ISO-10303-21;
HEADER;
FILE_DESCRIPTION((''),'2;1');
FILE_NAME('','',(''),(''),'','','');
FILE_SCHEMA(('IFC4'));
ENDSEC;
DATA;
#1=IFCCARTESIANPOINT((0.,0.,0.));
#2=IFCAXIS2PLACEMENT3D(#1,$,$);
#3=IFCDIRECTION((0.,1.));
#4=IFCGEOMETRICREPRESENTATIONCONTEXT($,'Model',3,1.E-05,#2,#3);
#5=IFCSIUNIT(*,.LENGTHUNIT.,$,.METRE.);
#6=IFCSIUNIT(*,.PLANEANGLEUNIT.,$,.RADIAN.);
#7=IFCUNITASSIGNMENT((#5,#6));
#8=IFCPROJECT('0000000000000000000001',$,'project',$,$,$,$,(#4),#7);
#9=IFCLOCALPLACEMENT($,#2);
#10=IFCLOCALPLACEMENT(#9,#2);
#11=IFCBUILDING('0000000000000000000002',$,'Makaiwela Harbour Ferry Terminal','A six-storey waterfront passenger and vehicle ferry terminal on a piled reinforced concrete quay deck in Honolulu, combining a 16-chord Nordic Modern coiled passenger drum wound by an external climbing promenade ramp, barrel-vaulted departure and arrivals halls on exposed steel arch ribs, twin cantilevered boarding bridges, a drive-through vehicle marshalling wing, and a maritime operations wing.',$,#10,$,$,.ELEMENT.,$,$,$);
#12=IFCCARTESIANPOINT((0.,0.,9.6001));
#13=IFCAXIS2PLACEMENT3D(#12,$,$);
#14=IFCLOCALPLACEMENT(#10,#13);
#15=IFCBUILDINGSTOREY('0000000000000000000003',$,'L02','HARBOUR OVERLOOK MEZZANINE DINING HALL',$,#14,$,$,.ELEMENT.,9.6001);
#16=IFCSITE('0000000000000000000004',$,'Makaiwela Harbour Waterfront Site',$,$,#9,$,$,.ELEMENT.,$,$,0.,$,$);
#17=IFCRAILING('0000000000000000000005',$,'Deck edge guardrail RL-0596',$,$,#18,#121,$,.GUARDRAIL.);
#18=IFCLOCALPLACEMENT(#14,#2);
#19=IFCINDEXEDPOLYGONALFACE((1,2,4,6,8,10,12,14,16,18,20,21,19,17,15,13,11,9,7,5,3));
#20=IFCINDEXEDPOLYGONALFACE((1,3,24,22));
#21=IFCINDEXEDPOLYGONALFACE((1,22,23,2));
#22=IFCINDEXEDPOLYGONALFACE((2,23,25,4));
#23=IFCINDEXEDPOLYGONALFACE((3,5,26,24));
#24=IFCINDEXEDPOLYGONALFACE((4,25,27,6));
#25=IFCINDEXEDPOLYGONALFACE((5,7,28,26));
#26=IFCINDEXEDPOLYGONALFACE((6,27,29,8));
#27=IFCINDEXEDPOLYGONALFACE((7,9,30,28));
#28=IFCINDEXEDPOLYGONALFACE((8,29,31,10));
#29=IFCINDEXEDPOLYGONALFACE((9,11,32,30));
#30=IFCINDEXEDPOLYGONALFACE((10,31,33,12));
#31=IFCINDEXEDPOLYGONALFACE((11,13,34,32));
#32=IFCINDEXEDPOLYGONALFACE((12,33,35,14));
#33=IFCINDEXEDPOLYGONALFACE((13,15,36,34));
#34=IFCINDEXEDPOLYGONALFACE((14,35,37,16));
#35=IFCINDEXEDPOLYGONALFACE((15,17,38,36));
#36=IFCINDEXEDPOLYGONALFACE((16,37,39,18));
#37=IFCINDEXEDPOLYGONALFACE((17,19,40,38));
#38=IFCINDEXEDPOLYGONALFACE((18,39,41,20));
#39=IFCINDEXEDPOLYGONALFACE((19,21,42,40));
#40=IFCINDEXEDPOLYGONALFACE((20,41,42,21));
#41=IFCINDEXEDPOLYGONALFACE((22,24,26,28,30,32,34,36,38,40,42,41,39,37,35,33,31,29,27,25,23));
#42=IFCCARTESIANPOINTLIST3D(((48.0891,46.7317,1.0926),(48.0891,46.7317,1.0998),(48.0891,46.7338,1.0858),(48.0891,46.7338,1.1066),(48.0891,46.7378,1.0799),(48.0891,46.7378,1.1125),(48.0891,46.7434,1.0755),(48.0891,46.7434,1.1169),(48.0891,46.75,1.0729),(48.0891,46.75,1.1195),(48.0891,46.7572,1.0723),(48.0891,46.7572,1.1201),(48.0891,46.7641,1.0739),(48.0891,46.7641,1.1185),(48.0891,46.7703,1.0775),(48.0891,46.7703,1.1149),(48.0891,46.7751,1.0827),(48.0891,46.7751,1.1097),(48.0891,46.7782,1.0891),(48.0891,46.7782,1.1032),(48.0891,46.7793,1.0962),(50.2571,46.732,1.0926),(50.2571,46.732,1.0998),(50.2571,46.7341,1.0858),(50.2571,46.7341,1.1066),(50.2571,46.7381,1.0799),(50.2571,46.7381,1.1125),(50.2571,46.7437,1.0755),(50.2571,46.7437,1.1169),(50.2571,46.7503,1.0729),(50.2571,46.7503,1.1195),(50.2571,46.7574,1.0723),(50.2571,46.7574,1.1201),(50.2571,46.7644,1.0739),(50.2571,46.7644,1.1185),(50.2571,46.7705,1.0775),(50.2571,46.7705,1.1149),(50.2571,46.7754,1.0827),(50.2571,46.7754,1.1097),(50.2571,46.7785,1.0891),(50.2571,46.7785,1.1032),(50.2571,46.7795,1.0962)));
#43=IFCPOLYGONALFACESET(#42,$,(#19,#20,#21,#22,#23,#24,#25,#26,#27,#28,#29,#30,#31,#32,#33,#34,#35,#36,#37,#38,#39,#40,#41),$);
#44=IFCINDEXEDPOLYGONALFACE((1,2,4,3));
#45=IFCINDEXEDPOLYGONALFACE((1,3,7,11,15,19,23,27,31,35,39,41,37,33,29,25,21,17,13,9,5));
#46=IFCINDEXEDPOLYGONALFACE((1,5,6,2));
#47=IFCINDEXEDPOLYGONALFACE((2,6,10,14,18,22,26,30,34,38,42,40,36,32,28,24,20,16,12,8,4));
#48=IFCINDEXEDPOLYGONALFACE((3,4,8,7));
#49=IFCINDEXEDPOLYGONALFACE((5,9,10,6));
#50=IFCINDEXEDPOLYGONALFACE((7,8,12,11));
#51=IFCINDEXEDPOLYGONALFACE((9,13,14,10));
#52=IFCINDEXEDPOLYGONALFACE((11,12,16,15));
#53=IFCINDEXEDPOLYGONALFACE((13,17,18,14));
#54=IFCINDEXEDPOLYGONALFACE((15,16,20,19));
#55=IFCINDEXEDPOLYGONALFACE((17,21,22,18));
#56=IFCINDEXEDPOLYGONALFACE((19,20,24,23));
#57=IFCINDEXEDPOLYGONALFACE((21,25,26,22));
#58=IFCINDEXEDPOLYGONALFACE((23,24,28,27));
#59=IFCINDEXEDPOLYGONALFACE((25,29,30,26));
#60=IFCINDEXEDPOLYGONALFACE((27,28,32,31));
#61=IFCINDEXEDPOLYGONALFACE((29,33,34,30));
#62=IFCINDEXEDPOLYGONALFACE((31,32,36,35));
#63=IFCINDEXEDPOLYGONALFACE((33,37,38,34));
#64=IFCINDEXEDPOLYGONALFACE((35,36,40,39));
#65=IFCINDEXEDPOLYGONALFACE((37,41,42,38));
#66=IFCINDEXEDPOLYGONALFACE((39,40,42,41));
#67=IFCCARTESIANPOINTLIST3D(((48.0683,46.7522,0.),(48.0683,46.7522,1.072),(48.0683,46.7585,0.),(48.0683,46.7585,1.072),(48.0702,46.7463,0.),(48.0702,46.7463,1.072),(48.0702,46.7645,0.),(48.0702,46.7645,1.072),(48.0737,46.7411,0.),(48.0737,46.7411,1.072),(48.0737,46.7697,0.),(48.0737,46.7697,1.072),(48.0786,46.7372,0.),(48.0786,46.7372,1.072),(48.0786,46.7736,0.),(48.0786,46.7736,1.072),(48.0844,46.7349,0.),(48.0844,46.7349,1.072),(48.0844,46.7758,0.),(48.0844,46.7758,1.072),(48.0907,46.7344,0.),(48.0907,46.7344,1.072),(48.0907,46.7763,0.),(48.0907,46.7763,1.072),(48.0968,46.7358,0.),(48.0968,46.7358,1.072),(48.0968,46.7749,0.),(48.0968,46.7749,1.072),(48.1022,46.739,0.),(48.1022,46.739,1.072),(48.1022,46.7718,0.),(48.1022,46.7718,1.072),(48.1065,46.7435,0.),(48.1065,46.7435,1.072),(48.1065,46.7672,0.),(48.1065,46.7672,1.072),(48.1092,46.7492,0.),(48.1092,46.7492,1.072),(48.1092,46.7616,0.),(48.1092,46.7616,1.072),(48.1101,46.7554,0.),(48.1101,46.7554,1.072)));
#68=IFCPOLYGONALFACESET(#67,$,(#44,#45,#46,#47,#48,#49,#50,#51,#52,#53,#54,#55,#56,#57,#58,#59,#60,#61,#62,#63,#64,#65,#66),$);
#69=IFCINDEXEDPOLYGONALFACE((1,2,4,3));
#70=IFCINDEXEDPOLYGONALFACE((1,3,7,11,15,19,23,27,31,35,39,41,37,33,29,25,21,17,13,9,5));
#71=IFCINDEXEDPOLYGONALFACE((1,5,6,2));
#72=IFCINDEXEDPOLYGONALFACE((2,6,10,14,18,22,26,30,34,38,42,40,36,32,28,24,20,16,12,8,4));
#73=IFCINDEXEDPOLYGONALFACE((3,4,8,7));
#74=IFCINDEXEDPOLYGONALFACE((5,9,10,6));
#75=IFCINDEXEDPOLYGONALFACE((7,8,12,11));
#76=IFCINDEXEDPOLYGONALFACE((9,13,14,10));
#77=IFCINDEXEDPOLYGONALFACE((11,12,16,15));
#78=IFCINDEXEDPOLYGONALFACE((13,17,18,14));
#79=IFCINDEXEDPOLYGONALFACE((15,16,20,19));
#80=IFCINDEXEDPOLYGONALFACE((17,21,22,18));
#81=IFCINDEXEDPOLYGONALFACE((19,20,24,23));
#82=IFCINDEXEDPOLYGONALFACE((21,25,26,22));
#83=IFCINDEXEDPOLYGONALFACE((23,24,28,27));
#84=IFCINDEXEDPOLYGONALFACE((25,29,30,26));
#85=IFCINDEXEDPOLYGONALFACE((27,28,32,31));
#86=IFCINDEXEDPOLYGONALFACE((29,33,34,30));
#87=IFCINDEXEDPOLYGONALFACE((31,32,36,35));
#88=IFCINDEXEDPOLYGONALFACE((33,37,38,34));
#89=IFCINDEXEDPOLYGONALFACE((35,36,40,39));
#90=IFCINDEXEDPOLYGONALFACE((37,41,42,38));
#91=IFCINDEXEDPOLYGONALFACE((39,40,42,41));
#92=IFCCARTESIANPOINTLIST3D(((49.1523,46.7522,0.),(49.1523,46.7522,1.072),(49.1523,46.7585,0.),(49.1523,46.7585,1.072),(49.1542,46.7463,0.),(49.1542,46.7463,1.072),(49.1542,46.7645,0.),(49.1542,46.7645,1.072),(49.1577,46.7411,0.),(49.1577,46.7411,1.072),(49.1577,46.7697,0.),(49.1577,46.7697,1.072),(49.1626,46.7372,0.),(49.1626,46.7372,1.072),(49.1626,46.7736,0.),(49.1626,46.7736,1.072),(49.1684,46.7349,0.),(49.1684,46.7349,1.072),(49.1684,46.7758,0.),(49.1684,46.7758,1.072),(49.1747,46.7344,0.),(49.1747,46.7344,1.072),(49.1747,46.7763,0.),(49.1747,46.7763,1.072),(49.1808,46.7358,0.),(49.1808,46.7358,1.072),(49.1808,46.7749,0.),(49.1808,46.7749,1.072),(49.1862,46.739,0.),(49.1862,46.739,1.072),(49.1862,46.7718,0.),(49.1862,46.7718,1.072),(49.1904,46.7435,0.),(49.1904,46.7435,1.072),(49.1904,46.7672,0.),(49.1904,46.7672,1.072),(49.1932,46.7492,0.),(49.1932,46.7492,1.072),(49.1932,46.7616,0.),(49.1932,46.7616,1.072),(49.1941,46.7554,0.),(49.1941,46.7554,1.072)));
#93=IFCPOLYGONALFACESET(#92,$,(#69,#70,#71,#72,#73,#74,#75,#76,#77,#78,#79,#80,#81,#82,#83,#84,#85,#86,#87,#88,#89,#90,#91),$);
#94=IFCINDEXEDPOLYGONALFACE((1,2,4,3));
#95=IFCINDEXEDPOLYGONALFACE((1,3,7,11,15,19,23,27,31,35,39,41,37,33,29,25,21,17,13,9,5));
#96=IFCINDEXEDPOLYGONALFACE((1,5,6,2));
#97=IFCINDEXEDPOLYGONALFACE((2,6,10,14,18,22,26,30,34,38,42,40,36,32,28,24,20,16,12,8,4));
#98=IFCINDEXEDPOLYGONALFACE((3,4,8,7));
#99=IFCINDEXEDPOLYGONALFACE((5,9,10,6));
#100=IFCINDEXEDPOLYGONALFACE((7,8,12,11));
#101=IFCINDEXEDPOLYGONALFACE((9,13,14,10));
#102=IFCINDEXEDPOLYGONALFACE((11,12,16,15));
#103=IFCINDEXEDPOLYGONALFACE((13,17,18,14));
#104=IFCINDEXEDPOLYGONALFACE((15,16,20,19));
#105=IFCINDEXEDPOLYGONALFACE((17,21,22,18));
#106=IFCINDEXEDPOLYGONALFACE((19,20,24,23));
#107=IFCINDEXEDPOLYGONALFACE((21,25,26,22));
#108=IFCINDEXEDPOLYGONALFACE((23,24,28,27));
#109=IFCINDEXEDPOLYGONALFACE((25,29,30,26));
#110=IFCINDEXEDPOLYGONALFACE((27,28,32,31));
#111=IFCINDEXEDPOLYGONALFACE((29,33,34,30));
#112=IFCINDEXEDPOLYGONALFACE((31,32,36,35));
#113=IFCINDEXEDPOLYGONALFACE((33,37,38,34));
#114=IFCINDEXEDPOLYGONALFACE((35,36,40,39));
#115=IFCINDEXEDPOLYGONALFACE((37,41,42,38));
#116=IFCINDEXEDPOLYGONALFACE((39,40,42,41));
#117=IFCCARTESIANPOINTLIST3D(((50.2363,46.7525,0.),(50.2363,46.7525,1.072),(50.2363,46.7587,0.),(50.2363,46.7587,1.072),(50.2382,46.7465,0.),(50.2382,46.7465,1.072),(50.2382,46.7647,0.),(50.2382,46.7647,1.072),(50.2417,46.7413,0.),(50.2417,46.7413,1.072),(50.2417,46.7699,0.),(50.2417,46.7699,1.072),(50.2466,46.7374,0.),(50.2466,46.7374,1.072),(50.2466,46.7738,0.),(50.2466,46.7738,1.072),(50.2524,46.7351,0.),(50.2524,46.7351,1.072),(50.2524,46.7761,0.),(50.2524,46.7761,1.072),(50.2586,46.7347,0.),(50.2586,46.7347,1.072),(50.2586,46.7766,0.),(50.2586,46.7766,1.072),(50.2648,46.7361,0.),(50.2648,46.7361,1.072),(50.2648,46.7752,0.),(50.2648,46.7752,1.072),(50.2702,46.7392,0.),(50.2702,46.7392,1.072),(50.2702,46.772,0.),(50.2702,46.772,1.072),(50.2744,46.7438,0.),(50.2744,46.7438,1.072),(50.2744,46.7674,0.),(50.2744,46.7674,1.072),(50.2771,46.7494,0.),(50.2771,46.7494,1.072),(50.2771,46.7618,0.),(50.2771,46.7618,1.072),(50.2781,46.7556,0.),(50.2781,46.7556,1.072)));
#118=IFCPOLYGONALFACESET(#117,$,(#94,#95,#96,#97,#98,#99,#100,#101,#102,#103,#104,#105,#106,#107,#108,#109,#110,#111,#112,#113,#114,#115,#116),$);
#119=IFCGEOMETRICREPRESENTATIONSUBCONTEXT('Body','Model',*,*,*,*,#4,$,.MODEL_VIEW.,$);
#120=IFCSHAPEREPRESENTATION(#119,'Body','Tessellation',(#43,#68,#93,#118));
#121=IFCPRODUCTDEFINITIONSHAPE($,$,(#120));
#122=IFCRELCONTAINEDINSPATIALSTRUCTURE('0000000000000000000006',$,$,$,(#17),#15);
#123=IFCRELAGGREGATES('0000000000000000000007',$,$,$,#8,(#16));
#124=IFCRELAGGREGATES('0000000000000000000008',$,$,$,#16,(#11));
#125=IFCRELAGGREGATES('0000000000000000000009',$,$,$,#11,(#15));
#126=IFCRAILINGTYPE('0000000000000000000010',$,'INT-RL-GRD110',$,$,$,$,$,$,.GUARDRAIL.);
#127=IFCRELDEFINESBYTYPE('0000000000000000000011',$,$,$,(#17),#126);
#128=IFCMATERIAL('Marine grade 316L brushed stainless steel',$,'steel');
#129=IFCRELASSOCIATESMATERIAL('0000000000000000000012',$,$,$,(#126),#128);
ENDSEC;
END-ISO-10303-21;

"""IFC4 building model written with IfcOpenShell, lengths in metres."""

from ifc_helpers import new_model, si_unit, direction, frame, origin, origin_2d, place, context, subcontext, project, spatial, circle, extrude, material, type_object, element, save


model = new_model("IFC4")

# Units and contexts
model_context = context("Model", 3, precision=1e-05, world=origin(), true_north=direction((0.0, 1.0)))
body_context = subcontext(model_context, "Body", "Model", "MODEL_VIEW")
ifc_project = project(units=[si_unit("LENGTHUNIT", "METRE"), si_unit("PLANEANGLEUNIT", "RADIAN")], contexts=[model_context])

# Site, building, storey
site_placement = place(None, origin())
site = spatial("IfcSite", under=ifc_project, at=site_placement, Name="Makaiwela Harbour Waterfront Site", CompositionType="ELEMENT", RefElevation=0.0)
building_placement = place(site_placement, origin())
building = spatial("IfcBuilding", under=site, at=building_placement, Name="Makaiwela Harbour Ferry Terminal", Description="A six-storey waterfront passenger and vehicle ferry terminal on a piled reinforced concrete quay deck in Honolulu, combining a 16-chord Nordic Modern coiled passenger drum wound by an external climbing promenade ramp, barrel-vaulted departure and arrivals halls on exposed steel arch ribs, twin cantilevered boarding bridges, a drive-through vehicle marshalling wing, and a maritime operations wing.", CompositionType="ELEMENT")
storey_placement = place(building_placement, frame((0.0, 0.0, 9.6001)))
storey = spatial("IfcBuildingStorey", under=building, at=storey_placement, Name="L02", Description="HARBOUR OVERLOOK MEZZANINE DINING HALL", CompositionType="ELEMENT", Elevation=9.6001)

# Railing
ifc_material_1 = material(Name="Marine grade 316L brushed stainless steel", Category="steel")
railing_type = type_object("IfcRailingType", Name="INT-RL-GRD110", PredefinedType="GUARDRAIL", material=ifc_material_1)
railing_1_placement = place(storey_placement, frame((48.0891, 46.7554, 0.0)))
element("IfcRailing", 1, at=railing_1_placement, inside=storey, type_object=railing_type, Name="Deck edge guardrail RL-0596", PredefinedType="GUARDRAIL", context=body_context, shape_type="SweptSolid", body=[
    extrude(circle(Radius=0.0239, at=origin_2d()), frame((0.0, 0.0, 1.0962), z_axis=(1.0, 0.000113, 0.0), x_axis=(-0.000113, 1.0, 0.0)), (0.0, 0.0, 1.0), 2.168),
    extrude(circle(Radius=0.021, at=origin_2d()), origin(), (0.0, 0.0, 1.0), 1.072),
    extrude(circle(Radius=0.021, at=origin_2d()), frame((1.084, 0.0, 0.0)), (0.0, 0.0, 1.0), 1.072),
    extrude(circle(Radius=0.021, at=origin_2d()), frame((2.168, 0.0002, 0.0)), (0.0, 0.0, 1.0), 1.072),
])

save(model, "model.ifc")
